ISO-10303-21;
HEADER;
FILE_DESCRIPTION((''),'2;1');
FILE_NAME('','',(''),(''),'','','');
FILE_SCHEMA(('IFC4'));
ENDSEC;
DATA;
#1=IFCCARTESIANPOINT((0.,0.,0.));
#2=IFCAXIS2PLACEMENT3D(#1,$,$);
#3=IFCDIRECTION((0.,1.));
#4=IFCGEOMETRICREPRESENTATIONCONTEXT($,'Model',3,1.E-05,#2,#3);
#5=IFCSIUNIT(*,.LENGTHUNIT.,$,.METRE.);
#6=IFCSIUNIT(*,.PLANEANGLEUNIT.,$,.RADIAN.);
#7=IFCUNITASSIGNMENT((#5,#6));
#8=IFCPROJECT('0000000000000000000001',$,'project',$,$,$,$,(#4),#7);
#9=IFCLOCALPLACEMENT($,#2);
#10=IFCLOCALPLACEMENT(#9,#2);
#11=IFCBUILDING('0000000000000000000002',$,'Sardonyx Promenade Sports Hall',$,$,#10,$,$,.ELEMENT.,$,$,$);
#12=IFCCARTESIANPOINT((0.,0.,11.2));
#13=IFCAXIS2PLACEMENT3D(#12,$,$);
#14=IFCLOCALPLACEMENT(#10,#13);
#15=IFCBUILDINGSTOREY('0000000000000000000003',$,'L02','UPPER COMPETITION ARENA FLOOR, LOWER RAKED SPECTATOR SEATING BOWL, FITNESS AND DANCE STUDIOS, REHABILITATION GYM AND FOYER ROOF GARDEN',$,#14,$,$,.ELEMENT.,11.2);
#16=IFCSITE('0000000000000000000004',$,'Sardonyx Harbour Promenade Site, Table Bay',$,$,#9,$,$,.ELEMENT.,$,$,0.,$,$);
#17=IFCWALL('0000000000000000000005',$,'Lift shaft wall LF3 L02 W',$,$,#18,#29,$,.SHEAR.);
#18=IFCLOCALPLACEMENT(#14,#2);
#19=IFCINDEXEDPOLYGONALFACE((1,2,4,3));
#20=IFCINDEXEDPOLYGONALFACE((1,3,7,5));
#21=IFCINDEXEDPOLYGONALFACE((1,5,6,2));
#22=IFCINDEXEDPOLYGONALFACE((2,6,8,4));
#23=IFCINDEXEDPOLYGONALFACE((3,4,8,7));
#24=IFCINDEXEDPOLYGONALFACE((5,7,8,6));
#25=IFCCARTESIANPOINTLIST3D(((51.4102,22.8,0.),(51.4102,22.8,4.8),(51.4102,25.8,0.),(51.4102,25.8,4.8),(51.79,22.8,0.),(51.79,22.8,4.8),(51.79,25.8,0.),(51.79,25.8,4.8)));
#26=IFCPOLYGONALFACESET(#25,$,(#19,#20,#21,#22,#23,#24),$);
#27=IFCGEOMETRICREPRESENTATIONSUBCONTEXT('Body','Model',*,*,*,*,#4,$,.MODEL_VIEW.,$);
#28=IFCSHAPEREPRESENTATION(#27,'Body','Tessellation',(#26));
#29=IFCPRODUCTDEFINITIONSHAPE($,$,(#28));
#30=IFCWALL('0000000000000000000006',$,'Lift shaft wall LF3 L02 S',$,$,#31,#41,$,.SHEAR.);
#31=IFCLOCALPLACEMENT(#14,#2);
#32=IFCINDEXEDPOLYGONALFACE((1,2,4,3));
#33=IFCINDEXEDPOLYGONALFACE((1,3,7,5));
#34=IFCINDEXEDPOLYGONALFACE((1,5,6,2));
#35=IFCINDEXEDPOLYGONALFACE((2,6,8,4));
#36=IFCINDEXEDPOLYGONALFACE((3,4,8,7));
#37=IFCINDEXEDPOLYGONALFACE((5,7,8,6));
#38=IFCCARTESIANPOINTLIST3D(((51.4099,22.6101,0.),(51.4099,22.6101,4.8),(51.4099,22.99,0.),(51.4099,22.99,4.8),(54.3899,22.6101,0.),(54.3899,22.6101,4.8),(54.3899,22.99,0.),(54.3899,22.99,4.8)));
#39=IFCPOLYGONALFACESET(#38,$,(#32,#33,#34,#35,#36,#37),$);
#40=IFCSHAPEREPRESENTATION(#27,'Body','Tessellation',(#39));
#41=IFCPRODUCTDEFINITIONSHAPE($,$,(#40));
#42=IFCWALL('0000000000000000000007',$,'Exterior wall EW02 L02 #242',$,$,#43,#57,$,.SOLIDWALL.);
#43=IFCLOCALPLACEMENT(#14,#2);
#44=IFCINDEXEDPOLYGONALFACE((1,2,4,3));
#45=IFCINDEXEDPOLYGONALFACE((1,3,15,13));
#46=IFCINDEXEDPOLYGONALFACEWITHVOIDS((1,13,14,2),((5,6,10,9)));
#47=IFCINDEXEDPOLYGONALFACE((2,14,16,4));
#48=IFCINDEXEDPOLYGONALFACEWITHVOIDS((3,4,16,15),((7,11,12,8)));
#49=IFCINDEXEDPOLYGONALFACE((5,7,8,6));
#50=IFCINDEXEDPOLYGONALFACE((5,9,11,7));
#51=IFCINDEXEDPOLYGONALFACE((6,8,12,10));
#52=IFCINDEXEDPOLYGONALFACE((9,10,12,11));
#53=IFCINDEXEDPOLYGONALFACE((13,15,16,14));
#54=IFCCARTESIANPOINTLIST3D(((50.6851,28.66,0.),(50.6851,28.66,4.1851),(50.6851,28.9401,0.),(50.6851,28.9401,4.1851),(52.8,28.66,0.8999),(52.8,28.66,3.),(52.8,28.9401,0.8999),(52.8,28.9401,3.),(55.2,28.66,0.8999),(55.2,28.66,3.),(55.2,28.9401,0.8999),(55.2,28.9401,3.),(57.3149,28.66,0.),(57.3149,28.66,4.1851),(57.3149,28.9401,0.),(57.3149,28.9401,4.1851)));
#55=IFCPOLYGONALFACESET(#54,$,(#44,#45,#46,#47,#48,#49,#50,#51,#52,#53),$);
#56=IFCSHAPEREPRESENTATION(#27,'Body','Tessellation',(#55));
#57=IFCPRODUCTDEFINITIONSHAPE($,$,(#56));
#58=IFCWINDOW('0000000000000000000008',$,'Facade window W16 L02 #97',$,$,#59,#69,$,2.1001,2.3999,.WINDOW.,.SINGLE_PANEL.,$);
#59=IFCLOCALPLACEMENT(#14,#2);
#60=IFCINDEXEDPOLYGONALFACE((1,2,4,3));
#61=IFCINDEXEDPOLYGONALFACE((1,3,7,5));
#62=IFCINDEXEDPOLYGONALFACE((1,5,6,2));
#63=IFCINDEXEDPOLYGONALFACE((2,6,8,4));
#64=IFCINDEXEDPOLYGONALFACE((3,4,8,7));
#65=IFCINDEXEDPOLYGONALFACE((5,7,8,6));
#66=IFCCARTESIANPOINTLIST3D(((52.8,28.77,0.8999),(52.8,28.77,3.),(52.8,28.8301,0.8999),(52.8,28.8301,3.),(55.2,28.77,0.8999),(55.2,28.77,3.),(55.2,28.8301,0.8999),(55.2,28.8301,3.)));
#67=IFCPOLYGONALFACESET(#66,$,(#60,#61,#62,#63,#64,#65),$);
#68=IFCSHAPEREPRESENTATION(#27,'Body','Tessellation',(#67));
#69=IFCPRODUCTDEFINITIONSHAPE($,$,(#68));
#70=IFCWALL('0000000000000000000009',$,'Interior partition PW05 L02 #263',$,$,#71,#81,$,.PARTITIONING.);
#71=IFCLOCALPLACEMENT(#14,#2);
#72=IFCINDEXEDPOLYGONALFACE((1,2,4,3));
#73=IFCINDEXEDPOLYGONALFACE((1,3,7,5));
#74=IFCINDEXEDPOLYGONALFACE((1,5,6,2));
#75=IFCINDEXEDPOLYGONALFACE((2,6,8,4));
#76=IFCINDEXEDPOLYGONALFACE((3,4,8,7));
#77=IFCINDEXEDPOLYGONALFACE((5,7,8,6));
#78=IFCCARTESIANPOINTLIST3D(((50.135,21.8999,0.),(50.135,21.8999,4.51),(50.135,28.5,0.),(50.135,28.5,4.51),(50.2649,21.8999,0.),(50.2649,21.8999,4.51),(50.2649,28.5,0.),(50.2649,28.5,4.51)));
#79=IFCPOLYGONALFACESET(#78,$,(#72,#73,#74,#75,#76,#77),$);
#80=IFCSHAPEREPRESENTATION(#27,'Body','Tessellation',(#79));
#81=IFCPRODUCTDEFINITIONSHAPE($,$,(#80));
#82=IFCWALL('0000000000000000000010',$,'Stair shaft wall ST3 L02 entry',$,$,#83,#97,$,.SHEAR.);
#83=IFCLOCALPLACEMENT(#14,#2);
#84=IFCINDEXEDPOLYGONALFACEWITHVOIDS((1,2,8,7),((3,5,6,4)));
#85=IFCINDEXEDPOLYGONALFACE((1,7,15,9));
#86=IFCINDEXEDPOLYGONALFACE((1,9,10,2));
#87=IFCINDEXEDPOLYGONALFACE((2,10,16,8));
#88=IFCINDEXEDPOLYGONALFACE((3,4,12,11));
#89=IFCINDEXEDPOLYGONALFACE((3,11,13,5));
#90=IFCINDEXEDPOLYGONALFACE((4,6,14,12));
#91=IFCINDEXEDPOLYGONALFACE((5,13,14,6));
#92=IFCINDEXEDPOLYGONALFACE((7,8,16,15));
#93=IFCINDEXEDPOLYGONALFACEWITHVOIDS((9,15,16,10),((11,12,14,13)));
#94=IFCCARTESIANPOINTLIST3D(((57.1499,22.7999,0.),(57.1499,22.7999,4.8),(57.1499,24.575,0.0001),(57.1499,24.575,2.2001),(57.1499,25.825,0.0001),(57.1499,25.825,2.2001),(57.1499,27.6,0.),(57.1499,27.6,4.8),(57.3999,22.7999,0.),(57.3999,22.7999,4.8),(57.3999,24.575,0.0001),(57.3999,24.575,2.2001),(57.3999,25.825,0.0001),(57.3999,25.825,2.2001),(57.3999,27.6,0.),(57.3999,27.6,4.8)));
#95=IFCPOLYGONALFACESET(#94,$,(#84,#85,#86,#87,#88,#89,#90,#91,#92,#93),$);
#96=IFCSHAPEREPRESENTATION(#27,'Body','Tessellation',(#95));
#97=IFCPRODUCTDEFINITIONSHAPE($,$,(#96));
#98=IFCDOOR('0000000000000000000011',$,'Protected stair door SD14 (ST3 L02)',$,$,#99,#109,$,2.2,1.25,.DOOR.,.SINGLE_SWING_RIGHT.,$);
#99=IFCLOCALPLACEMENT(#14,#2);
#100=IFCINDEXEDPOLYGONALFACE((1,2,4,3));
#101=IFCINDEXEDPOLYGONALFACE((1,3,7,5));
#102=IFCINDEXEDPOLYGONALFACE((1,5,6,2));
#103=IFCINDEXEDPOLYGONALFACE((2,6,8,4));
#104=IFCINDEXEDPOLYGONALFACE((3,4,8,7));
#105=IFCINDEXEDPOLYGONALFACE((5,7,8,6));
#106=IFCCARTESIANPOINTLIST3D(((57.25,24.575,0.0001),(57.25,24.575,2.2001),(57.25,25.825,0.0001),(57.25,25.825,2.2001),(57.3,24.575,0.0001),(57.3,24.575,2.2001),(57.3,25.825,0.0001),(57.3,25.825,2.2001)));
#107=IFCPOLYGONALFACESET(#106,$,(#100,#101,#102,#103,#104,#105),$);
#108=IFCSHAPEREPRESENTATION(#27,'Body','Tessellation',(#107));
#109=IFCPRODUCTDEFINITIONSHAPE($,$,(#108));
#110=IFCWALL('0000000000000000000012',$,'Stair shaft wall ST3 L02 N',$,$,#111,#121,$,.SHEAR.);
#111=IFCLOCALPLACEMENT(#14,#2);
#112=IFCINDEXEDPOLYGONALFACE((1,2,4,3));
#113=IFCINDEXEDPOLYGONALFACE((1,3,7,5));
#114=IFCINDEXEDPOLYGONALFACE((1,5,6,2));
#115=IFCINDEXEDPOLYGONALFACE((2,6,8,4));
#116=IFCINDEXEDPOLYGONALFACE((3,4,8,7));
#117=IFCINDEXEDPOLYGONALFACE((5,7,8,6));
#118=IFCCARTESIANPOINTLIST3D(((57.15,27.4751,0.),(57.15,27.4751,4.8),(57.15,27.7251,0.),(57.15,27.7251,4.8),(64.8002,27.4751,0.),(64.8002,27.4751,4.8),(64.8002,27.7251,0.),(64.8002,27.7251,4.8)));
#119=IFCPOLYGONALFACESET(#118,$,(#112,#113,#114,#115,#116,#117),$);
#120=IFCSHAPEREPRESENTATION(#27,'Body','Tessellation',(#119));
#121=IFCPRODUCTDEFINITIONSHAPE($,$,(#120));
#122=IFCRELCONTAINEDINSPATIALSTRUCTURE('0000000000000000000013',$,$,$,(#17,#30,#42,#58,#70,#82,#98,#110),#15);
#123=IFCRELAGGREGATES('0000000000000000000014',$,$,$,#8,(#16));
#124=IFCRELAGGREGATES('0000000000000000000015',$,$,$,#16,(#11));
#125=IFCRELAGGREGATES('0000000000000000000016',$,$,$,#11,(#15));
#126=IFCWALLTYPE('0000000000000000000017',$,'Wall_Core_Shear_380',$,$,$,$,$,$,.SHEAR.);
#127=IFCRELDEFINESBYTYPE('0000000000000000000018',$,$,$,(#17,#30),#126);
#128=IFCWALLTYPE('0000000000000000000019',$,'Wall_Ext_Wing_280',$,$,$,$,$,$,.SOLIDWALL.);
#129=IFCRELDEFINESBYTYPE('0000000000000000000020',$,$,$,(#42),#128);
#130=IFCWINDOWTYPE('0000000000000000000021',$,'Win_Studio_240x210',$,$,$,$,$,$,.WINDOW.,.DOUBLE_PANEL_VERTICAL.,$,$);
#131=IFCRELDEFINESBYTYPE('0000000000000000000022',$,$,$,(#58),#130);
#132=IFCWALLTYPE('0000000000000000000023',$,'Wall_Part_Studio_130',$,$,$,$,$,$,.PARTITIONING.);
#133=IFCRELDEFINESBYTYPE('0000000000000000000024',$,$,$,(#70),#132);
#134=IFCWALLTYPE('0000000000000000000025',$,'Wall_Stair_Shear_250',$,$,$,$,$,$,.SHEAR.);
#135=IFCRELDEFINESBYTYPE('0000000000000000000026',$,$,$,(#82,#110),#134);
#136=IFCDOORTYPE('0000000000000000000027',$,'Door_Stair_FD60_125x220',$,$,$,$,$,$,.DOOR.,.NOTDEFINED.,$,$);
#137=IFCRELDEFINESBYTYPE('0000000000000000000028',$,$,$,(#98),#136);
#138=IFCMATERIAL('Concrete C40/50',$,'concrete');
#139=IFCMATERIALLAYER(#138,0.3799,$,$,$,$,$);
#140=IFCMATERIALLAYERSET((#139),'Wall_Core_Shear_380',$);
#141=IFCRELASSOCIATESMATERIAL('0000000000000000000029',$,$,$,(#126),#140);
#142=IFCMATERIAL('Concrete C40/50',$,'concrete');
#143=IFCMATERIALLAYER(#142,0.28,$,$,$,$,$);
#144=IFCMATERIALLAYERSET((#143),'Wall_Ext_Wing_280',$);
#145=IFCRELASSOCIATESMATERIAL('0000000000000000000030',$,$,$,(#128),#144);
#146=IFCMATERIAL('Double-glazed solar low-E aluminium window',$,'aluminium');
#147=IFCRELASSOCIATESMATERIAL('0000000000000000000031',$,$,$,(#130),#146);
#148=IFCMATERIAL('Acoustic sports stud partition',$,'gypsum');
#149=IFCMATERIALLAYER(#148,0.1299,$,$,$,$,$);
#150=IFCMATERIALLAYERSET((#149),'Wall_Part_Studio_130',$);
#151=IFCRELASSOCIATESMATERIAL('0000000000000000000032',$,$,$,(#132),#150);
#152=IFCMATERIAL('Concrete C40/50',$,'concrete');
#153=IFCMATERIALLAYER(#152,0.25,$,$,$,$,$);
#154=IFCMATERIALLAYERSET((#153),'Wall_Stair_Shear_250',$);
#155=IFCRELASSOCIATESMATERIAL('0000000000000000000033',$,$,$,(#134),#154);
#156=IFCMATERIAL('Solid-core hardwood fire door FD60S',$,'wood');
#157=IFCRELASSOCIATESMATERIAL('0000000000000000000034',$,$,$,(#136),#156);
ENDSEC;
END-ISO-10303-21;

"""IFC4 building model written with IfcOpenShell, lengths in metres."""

from ifc_helpers import new_model, si_unit, direction, frame, frame_2d, origin, place, context, subcontext, project, spatial, rectangle, extrude, material, layer, layer_set, type_object, element, fill, save


model = new_model("IFC4")

# Units and contexts
model_context = context("Model", 3, precision=1e-05, world=origin(), true_north=direction((0.0, 1.0)))
body_context = subcontext(model_context, "Body", "Model", "MODEL_VIEW")
ifc_project = project(units=[si_unit("LENGTHUNIT", "METRE"), si_unit("PLANEANGLEUNIT", "RADIAN")], contexts=[model_context])

# Site, building, storey
site_placement = place(None, origin())
site = spatial("IfcSite", under=ifc_project, at=site_placement, Name="Sardonyx Harbour Promenade Site, Table Bay", CompositionType="ELEMENT", RefElevation=0.0)
building_placement = place(site_placement, origin())
building = spatial("IfcBuilding", under=site, at=building_placement, Name="Sardonyx Promenade Sports Hall", CompositionType="ELEMENT")
storey_placement = place(building_placement, frame((0.0, 0.0, 11.2)))
storey = spatial("IfcBuildingStorey", under=building, at=storey_placement, Name="L02", Description="UPPER COMPETITION ARENA FLOOR, LOWER RAKED SPECTATOR SEATING BOWL, FITNESS AND DANCE STUDIOS, REHABILITATION GYM AND FOYER ROOF GARDEN", CompositionType="ELEMENT", Elevation=11.2)

# Shared definitions
ifc_material_1 = material(Name="Concrete C40/50", Category="concrete")
ifc_layer_1 = layer(ifc_material_1, 0.3799)
ifc_layer_set_1 = layer_set([ifc_layer_1], Name="Wall_Core_Shear_380")
wall_type_1 = type_object("IfcWallType", Name="Wall_Core_Shear_380", PredefinedType="SHEAR", material=ifc_layer_set_1)

# Walls
wall_1_placement = place(storey_placement, frame((51.6001, 25.8, 0.0), z_axis=(0.0, 0.0, 1.0), x_axis=(0.0, -1.0, 0.0)))
element("IfcWall", 1, at=wall_1_placement, inside=storey, type_object=wall_type_1, Name="Lift shaft wall LF3 L02 W", PredefinedType="SHEAR", context=body_context, shape_type="SweptSolid", body=[
    extrude(rectangle(XDim=3.0, YDim=0.3799, at=frame_2d((1.5, 0.0))), origin(), (0.0, 0.0, 1.0), 4.8),
])
wall_2_placement = place(storey_placement, frame((54.3899, 22.8, 0.0), z_axis=(0.0, 0.0, 1.0), x_axis=(-1.0, 0.0, 0.0)))
element("IfcWall", 2, at=wall_2_placement, inside=storey, type_object=wall_type_1, Name="Lift shaft wall LF3 L02 S", PredefinedType="SHEAR", context=body_context, shape_type="SweptSolid", body=[
    extrude(rectangle(XDim=2.98, YDim=0.3799, at=frame_2d((1.49, 0.0))), origin(), (0.0, 0.0, 1.0), 4.8),
])

# Shared definitions
ifc_material_2 = material(Name="Concrete C40/50", Category="concrete")
ifc_layer_2 = layer(ifc_material_2, 0.28)
ifc_layer_set_2 = layer_set([ifc_layer_2], Name="Wall_Ext_Wing_280")
wall_type_2 = type_object("IfcWallType", Name="Wall_Ext_Wing_280", PredefinedType="SOLIDWALL", material=ifc_layer_set_2)

# Wall, opening, window
wall_3_placement = place(storey_placement, frame((50.6851, 28.8, 0.0), z_axis=(0.0, 0.0, 1.0), x_axis=(1.0, 0.0, 0.0)))
wall_3 = element("IfcWall", 3, at=wall_3_placement, inside=storey, type_object=wall_type_2, Name="Exterior wall EW02 L02 #242", PredefinedType="SOLIDWALL", context=body_context, shape_type="SweptSolid", body=[
    extrude(rectangle(XDim=6.6299, YDim=0.28, at=frame_2d((3.3149, 0.0))), origin(), (0.0, 0.0, 1.0), 4.1851),
])
opening_1_placement = place(wall_3_placement, frame((2.115, 0.0, 0.8999)))
opening_1 = element("IfcOpeningElement", 4, at=opening_1_placement, cuts=wall_3, PredefinedType="OPENING", context=body_context, shape_type="SweptSolid", body=[
    extrude(rectangle(XDim=2.3999, YDim=2.1001, at=frame_2d((1.2, 1.05))), frame((0.0, 0.15, 0.0), z_axis=(0.0, -1.0, 0.0), x_axis=(1.0, 0.0, 0.0)), (0.0, 0.0, 1.0), 0.3),
])
ifc_material_3 = material(Name="Double-glazed solar low-E aluminium window", Category="aluminium")
window_type = type_object("IfcWindowType", Name="Win_Studio_240x210", PartitioningType="DOUBLE_PANEL_VERTICAL", PredefinedType="WINDOW", material=ifc_material_3)
window_placement = place(opening_1_placement, origin())
window = element("IfcWindow", 5, at=window_placement, inside=storey, type_object=window_type, Name="Facade window W16 L02 #97", OverallHeight=2.1001, OverallWidth=2.3999, PartitioningType="SINGLE_PANEL", PredefinedType="WINDOW", context=body_context, shape_type="SweptSolid", body=[
    extrude(rectangle(XDim=2.3999, YDim=2.1001, at=frame_2d((1.2, 1.05))), frame((0.0, 0.03, 0.0), z_axis=(0.0, -1.0, 0.0), x_axis=(1.0, 0.0, 0.0)), (0.0, 0.0, 1.0), 0.0601),
])
fill(opening_1, window)

# Wall
ifc_material_4 = material(Name="Acoustic sports stud partition", Category="gypsum")
ifc_layer_3 = layer(ifc_material_4, 0.1299)
ifc_layer_set_3 = layer_set([ifc_layer_3], Name="Wall_Part_Studio_130")
wall_type_3 = type_object("IfcWallType", Name="Wall_Part_Studio_130", PredefinedType="PARTITIONING", material=ifc_layer_set_3)
wall_4_placement = place(storey_placement, frame((50.2, 21.8999, 0.0), z_axis=(0.0, 0.0, 1.0), x_axis=(0.0, 1.0, 0.0)))
element("IfcWall", 6, at=wall_4_placement, inside=storey, type_object=wall_type_3, Name="Interior partition PW05 L02 #263", PredefinedType="PARTITIONING", context=body_context, shape_type="SweptSolid", body=[
    extrude(rectangle(XDim=6.6001, YDim=0.1299, at=frame_2d((3.3, 0.0))), origin(), (0.0, 0.0, 1.0), 4.51),
])

# Wall, opening, door
ifc_material_5 = material(Name="Concrete C40/50", Category="concrete")
ifc_layer_4 = layer(ifc_material_5, 0.25)
ifc_layer_set_4 = layer_set([ifc_layer_4], Name="Wall_Stair_Shear_250")
wall_type_4 = type_object("IfcWallType", Name="Wall_Stair_Shear_250", PredefinedType="SHEAR", material=ifc_layer_set_4)
wall_5_placement = place(storey_placement, frame((57.2749, 22.8, 0.0), z_axis=(0.0, 0.0, 1.0), x_axis=(0.0, 1.0, 0.0)))
wall_5 = element("IfcWall", 7, at=wall_5_placement, inside=storey, type_object=wall_type_4, Name="Stair shaft wall ST3 L02 entry", PredefinedType="SHEAR", context=body_context, shape_type="SweptSolid", body=[
    extrude(rectangle(XDim=4.8, YDim=0.25, at=frame_2d((2.3999, 0.0))), origin(), (0.0, 0.0, 1.0), 4.8),
])
opening_2_placement = place(wall_5_placement, frame((1.7749, 0.0, 0.0)))
opening_2 = element("IfcOpeningElement", 8, at=opening_2_placement, cuts=wall_5, PredefinedType="OPENING", context=body_context, shape_type="SweptSolid", body=[
    extrude(rectangle(XDim=1.25, YDim=2.2, at=frame_2d((0.625, 1.1001))), frame((0.0, 0.135, 0.0), z_axis=(0.0, -1.0, 0.0), x_axis=(1.0, 0.0, 0.0)), (0.0, 0.0, 1.0), 0.27),
])
ifc_material_6 = material(Name="Solid-core hardwood fire door FD60S", Category="wood")
door_type_1 = type_object("IfcDoorType", Name="Door_Stair_FD60_125x220", OperationType="NOTDEFINED", PredefinedType="DOOR", material=ifc_material_6)
door_1_placement = place(opening_2_placement, origin())
door_1 = element("IfcDoor", 9, at=door_1_placement, inside=storey, type_object=door_type_1, Name="Protected stair door SD14 (ST3 L02)", OperationType="SINGLE_SWING_RIGHT", OverallHeight=2.2, OverallWidth=1.25, PredefinedType="DOOR", context=body_context, shape_type="SweptSolid", body=[
    extrude(rectangle(XDim=1.25, YDim=2.2, at=frame_2d((0.625, 1.1001))), frame((0.0, 0.0249, 0.0), z_axis=(0.0, -1.0, 0.0), x_axis=(1.0, 0.0, 0.0)), (0.0, 0.0, 1.0), 0.05),
])
fill(opening_2, door_1)

# Wall
wall_6_placement = place(storey_placement, frame((57.1499, 27.6001, 0.0), z_axis=(0.0, 0.0, 1.0), x_axis=(1.0, 0.0, 0.0)))
element("IfcWall", 10, at=wall_6_placement, inside=storey, type_object=wall_type_4, Name="Stair shaft wall ST3 L02 N", PredefinedType="SHEAR", context=body_context, shape_type="SweptSolid", body=[
    extrude(rectangle(XDim=7.6501, YDim=0.25, at=frame_2d((3.8252, 0.0))), origin(), (0.0, 0.0, 1.0), 4.8),
])

save(model, "model.ifc")
